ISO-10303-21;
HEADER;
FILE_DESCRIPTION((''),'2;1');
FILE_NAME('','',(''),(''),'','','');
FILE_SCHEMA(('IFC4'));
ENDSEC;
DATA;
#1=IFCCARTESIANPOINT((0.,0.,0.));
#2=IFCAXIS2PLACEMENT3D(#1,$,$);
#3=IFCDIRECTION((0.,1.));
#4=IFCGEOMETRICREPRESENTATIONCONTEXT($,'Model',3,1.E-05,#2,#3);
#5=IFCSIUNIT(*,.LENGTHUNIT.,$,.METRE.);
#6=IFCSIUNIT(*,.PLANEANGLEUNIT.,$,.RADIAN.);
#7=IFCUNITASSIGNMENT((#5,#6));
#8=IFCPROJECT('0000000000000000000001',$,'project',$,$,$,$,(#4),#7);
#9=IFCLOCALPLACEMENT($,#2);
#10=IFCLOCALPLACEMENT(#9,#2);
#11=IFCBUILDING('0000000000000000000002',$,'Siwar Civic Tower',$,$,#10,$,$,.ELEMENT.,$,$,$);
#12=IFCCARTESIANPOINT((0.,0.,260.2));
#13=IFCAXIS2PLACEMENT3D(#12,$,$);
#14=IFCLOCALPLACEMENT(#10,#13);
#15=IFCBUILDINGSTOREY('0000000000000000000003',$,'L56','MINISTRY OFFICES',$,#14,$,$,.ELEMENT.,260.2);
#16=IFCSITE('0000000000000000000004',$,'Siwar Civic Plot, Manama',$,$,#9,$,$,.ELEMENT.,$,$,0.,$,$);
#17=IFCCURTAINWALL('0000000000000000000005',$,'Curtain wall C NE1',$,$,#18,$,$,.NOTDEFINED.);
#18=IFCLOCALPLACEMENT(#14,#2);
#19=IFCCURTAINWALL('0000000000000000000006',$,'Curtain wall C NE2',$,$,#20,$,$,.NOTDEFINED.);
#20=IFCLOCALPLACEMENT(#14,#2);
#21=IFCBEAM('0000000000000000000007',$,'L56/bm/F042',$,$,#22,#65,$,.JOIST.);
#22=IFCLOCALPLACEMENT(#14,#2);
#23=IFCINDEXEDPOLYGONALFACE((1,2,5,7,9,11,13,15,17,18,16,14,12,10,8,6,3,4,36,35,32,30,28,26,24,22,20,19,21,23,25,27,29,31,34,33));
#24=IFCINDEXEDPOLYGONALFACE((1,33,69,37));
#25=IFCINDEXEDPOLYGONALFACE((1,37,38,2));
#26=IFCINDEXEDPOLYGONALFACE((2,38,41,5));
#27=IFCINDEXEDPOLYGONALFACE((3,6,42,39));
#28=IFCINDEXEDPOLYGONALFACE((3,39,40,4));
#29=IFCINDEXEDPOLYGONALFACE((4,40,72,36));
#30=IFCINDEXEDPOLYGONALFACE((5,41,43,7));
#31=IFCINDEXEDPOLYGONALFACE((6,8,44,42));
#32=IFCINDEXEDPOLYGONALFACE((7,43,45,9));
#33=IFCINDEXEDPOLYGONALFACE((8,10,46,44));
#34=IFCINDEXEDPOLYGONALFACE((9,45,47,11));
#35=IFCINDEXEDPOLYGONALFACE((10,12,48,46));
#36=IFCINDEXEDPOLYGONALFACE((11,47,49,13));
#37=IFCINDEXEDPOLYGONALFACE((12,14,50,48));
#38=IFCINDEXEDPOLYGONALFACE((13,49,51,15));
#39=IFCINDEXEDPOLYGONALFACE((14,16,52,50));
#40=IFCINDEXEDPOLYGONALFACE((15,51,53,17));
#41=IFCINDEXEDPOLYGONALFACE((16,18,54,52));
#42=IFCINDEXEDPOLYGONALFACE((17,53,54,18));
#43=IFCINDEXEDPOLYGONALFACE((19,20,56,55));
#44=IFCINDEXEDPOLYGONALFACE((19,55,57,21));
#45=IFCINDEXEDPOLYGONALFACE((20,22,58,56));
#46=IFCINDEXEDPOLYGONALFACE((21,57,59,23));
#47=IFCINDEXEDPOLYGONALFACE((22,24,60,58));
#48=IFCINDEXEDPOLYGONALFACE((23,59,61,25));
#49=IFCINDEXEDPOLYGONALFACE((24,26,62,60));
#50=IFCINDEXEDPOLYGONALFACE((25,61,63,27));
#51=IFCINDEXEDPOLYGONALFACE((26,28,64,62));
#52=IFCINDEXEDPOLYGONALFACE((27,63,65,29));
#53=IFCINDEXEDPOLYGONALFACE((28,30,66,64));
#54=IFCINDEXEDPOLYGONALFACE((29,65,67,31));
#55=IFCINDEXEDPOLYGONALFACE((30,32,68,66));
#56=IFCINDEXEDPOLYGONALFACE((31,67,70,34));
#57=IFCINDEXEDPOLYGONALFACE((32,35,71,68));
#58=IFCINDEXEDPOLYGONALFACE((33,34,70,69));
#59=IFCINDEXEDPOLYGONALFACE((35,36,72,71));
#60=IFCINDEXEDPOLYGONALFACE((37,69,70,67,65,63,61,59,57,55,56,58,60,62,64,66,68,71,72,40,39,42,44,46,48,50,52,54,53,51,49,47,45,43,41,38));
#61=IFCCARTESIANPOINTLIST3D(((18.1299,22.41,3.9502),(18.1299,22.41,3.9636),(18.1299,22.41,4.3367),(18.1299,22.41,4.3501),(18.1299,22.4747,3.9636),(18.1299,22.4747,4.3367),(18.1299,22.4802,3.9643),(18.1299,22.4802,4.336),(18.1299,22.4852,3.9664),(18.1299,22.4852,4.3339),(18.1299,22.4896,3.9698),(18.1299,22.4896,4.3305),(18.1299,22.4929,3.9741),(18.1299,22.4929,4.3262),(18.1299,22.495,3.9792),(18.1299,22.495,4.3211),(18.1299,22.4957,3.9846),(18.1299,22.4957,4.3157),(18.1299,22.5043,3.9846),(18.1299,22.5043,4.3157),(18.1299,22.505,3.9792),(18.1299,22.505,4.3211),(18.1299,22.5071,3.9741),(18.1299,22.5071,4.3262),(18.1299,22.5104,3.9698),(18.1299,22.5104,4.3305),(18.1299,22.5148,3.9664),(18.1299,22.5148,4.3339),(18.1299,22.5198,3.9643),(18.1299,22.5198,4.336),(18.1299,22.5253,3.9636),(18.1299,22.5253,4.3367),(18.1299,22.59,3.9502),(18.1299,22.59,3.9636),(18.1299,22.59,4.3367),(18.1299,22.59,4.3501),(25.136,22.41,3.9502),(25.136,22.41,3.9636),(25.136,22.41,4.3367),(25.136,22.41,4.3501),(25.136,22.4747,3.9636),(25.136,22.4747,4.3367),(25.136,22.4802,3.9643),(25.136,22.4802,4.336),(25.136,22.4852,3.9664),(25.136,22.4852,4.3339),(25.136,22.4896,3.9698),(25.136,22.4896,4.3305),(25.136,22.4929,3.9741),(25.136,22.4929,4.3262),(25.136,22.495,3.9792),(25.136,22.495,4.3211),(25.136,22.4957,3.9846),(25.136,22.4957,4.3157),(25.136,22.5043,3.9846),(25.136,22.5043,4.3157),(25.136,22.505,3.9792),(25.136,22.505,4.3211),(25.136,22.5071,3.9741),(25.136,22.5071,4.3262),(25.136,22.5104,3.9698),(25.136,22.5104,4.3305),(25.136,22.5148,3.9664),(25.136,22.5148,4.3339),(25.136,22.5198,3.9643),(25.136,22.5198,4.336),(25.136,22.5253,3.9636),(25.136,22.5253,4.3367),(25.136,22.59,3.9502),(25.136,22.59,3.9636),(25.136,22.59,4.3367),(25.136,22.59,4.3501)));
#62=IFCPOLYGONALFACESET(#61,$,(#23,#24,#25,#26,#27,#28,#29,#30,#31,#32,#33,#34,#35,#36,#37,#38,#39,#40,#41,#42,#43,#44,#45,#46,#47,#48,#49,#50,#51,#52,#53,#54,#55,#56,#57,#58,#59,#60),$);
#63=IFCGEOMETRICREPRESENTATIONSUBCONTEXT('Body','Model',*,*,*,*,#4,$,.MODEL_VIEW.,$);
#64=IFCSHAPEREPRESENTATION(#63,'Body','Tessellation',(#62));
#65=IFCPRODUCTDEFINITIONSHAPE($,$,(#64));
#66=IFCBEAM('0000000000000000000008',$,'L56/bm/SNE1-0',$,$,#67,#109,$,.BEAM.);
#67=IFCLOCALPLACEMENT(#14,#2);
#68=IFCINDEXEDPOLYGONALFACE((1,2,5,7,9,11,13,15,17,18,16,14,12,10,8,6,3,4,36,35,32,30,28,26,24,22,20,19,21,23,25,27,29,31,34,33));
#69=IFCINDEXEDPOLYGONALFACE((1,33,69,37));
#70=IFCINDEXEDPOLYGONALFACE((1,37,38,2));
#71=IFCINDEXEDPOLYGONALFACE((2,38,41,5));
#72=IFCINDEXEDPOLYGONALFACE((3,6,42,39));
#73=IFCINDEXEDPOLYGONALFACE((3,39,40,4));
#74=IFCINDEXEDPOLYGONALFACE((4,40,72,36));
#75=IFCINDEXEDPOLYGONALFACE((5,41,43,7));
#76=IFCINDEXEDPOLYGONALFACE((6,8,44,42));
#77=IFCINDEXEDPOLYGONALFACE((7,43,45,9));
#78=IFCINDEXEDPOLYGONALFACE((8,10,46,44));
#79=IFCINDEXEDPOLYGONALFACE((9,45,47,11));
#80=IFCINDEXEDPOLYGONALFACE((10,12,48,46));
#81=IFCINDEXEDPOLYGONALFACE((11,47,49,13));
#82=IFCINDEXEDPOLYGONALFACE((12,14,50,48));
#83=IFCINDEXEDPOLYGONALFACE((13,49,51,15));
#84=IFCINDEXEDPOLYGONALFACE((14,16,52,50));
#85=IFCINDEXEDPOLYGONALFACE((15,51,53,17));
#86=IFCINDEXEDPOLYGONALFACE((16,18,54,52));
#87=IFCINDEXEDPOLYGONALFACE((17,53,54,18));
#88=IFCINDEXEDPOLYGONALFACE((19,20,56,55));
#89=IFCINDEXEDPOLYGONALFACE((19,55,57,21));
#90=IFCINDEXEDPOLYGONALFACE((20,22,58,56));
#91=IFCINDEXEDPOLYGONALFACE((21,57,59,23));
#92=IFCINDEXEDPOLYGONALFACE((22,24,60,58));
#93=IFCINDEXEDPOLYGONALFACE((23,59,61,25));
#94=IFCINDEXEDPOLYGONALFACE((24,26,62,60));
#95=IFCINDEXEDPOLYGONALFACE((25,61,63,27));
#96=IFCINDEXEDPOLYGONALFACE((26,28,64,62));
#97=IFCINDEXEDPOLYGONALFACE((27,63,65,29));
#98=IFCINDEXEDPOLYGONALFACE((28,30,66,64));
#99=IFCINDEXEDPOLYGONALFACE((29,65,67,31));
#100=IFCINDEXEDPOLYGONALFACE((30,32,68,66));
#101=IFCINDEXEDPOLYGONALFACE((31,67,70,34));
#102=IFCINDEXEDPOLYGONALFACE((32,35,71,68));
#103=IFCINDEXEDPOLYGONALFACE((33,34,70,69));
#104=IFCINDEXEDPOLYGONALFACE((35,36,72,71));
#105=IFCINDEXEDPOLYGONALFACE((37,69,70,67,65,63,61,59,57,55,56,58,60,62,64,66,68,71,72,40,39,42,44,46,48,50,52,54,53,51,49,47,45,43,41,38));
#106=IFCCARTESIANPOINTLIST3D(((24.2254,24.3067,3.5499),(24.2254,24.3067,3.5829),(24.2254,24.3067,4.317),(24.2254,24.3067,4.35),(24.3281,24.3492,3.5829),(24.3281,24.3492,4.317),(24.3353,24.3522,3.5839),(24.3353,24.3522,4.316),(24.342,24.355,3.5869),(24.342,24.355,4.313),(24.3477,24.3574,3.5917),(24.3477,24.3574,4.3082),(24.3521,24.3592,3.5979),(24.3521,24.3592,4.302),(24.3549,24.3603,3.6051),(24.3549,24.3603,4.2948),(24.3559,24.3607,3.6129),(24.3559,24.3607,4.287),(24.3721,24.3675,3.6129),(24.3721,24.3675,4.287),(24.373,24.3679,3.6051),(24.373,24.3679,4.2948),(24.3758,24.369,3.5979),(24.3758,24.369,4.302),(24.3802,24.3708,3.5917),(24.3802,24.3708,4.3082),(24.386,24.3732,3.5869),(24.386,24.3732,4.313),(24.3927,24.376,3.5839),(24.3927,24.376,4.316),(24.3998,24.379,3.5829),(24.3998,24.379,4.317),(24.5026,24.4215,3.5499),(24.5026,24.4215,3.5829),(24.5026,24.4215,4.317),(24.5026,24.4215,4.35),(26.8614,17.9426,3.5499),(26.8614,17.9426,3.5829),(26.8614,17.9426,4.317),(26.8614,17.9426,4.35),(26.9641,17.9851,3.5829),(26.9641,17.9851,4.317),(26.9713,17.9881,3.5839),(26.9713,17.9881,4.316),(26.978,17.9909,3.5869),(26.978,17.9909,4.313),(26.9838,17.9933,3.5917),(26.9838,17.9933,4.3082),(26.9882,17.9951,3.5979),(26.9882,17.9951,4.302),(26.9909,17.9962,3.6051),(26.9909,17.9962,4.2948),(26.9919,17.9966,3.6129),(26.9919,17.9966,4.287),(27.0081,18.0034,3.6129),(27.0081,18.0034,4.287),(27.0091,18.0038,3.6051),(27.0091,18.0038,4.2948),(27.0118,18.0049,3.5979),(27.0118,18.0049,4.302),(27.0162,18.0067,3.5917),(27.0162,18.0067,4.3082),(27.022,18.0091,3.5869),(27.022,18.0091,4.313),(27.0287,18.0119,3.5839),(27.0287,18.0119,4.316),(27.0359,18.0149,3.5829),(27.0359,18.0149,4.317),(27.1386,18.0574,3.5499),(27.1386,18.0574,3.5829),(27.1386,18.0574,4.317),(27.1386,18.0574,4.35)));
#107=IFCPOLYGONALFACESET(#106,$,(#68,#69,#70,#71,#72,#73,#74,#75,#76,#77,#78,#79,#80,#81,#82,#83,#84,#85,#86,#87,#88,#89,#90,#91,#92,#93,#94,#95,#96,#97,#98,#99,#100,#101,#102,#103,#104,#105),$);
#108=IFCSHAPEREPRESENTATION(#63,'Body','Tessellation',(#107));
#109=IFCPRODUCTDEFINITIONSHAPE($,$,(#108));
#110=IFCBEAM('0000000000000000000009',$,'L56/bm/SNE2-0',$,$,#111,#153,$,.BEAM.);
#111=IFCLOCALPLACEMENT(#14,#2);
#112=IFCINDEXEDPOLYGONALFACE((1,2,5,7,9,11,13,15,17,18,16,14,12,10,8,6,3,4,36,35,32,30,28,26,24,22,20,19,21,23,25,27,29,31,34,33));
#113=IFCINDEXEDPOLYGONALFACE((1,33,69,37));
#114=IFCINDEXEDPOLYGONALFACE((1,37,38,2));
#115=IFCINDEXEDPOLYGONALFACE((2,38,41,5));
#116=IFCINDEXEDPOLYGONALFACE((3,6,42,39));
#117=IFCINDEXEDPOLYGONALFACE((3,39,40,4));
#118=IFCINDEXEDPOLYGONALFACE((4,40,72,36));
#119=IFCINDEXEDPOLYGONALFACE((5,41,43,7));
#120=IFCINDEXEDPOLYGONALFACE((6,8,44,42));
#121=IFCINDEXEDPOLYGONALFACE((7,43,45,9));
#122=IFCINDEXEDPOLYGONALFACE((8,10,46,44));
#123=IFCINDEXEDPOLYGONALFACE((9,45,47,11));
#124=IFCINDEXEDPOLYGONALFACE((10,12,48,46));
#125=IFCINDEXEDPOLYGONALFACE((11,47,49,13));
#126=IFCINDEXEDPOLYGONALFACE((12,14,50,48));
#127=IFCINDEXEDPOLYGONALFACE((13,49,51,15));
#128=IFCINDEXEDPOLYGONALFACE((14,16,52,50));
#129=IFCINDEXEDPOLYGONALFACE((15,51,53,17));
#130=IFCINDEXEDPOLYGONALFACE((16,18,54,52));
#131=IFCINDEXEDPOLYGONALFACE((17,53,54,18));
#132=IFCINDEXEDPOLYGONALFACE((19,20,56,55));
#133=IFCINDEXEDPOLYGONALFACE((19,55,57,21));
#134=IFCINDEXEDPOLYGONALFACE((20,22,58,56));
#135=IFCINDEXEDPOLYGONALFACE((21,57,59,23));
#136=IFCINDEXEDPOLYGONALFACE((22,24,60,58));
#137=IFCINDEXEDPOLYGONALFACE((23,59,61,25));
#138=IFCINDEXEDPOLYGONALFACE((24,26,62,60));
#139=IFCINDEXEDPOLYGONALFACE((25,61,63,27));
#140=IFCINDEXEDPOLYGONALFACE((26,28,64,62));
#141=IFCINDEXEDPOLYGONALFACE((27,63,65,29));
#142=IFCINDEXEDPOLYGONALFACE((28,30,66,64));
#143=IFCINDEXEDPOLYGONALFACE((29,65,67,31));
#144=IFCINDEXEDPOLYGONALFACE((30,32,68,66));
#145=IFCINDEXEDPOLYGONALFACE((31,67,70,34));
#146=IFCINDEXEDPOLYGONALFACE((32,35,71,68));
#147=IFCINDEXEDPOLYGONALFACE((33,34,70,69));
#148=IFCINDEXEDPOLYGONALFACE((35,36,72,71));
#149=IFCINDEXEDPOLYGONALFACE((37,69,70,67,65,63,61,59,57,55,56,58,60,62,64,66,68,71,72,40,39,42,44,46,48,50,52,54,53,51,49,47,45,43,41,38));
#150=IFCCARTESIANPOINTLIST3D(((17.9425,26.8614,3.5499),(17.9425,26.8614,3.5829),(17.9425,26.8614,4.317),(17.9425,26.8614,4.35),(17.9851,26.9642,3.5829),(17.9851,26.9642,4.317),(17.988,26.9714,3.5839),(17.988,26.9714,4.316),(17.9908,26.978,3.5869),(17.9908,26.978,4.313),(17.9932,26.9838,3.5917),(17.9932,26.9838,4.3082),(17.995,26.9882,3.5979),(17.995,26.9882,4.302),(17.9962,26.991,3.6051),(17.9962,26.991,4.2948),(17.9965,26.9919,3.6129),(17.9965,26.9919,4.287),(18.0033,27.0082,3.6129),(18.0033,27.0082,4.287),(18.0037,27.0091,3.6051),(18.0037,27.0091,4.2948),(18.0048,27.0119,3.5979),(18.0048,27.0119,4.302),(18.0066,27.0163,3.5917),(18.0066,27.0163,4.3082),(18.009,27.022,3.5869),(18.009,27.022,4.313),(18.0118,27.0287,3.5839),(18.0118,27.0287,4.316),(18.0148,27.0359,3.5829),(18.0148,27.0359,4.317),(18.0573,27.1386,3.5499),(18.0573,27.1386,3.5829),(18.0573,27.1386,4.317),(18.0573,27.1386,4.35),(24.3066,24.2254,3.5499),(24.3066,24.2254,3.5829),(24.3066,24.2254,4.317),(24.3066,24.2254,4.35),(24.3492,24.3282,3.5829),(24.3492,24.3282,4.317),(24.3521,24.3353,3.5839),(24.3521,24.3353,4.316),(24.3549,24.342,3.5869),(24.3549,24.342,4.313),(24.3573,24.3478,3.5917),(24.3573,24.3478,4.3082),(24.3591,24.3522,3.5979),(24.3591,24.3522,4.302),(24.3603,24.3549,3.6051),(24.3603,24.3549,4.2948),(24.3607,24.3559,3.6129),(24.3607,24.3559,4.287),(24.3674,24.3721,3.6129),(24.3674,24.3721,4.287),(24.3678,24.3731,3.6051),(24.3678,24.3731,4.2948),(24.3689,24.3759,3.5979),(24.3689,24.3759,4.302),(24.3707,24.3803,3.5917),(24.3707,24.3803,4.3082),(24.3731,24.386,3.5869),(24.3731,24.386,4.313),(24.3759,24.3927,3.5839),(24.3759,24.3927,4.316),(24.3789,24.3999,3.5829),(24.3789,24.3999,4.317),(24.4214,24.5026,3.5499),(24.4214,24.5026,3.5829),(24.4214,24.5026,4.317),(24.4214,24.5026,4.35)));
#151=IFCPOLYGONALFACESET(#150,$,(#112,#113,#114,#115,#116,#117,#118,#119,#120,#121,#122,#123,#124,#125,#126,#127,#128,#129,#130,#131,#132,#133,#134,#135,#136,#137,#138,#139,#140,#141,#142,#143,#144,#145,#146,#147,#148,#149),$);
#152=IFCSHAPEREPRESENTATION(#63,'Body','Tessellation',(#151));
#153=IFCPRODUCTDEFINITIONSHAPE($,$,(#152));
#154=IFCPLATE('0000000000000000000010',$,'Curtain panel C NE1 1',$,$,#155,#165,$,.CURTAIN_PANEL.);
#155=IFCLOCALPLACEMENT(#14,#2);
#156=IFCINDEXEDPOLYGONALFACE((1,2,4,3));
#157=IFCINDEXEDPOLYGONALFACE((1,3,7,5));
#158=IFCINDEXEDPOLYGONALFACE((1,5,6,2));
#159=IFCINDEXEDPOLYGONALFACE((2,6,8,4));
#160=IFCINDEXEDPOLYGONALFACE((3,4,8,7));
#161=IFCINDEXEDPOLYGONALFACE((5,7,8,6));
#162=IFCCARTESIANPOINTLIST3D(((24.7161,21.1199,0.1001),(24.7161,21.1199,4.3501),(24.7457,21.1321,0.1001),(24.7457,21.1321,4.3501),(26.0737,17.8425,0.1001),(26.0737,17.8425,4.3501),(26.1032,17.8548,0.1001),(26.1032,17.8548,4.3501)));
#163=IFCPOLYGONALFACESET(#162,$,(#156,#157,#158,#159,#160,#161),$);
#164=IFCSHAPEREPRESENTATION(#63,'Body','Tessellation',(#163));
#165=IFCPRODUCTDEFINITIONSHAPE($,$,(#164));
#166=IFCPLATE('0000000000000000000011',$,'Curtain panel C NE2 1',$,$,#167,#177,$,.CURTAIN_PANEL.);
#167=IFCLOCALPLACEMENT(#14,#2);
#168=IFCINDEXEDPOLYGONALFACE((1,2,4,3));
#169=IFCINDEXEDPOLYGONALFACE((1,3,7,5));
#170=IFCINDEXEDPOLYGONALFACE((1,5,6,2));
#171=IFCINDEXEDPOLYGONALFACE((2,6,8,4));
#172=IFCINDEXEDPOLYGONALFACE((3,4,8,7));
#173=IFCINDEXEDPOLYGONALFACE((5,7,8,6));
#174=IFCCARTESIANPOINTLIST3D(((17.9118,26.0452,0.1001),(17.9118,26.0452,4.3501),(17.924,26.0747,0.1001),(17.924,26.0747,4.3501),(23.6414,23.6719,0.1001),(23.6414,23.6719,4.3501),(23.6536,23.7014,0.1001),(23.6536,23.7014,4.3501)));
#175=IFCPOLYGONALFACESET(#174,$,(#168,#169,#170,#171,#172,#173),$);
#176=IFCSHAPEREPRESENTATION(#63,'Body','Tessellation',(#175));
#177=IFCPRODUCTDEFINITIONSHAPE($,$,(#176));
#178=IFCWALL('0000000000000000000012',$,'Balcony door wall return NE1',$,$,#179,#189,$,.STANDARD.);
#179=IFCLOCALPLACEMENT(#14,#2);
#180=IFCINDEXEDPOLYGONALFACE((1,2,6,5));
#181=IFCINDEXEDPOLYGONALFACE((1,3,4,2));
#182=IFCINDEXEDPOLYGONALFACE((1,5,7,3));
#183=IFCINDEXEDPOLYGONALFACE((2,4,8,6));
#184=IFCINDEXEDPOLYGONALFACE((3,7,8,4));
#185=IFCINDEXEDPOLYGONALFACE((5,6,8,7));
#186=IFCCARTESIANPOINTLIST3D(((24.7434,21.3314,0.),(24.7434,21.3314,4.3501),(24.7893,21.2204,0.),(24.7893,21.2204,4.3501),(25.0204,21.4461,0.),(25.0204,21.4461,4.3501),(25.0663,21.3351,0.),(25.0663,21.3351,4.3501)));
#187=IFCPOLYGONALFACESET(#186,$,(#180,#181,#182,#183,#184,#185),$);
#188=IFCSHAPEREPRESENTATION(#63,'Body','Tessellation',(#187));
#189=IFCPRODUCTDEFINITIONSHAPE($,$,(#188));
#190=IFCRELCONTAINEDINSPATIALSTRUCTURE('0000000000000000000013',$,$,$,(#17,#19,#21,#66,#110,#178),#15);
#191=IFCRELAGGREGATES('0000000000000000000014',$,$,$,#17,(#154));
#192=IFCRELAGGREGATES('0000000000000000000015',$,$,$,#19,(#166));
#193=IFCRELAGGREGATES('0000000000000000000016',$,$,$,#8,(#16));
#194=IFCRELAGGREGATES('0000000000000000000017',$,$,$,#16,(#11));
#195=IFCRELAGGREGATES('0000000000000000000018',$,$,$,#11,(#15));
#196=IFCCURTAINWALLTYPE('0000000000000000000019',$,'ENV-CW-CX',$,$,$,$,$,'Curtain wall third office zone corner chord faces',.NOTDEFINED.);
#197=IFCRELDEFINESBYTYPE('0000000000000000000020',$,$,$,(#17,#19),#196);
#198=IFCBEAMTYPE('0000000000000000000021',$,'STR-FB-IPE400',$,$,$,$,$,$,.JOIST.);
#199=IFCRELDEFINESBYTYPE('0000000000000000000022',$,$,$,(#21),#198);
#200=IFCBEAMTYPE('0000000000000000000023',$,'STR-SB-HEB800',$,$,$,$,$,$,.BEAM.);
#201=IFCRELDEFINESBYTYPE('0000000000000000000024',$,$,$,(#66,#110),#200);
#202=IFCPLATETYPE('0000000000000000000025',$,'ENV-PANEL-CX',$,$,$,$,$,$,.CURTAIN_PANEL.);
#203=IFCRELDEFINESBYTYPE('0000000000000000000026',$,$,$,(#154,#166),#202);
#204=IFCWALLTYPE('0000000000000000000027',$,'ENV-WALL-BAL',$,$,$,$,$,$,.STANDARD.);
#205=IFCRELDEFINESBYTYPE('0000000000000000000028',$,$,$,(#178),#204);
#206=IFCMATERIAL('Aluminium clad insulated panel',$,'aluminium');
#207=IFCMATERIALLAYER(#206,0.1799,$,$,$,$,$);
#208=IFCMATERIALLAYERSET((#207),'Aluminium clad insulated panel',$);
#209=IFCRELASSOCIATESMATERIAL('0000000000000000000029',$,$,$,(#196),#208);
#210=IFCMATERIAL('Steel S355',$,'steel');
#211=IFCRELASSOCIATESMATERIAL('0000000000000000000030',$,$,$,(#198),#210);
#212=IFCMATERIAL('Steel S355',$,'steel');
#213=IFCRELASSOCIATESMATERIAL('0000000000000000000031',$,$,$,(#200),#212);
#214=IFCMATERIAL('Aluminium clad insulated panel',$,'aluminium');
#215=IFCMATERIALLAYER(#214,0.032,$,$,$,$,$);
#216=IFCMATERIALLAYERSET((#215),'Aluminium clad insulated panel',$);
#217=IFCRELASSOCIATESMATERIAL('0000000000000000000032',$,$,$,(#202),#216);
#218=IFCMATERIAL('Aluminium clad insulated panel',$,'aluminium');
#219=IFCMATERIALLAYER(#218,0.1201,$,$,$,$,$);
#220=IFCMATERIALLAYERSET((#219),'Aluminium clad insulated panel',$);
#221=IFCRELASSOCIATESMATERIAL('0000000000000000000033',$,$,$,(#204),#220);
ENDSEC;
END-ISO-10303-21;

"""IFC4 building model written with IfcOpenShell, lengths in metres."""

from ifc_helpers import new_model, si_unit, direction, frame, frame_2d, origin, origin_2d, place, context, subcontext, project, spatial, rectangle, i_section, extrude, material, layer, layer_set, material_profile, profile_set, type_object, element, aggregate, save


model = new_model("IFC4")

# Units and contexts
model_context = context("Model", 3, precision=1e-05, world=origin(), true_north=direction((0.0, 1.0)))
body_context = subcontext(model_context, "Body", "Model", "MODEL_VIEW")
ifc_project = project(units=[si_unit("LENGTHUNIT", "METRE"), si_unit("PLANEANGLEUNIT", "RADIAN")], contexts=[model_context])

# Site, building, storey
site_placement = place(None, origin())
site = spatial("IfcSite", under=ifc_project, at=site_placement, Name="Siwar Civic Plot, Manama", CompositionType="ELEMENT", RefElevation=0.0)
building_placement = place(site_placement, origin())
building = spatial("IfcBuilding", under=site, at=building_placement, Name="Siwar Civic Tower", CompositionType="ELEMENT")
storey_placement = place(building_placement, frame((0.0, 0.0, 260.2)))
storey = spatial("IfcBuildingStorey", under=building, at=storey_placement, Name="L56", Description="MINISTRY OFFICES", CompositionType="ELEMENT", Elevation=260.2)

# Curtain wall
ifc_material_1 = material(Name="Aluminium clad insulated panel", Category="aluminium")
ifc_layer_1 = layer(ifc_material_1, 0.1799)
ifc_layer_set_1 = layer_set([ifc_layer_1], Name="Aluminium clad insulated panel")
curtain_wall_type = type_object("IfcCurtainWallType", Name="ENV-CW-CX", ElementType="Curtain wall third office zone corner chord faces", PredefinedType="NOTDEFINED", material=ifc_layer_set_1)
curtain_wall_1_placement = place(storey_placement, origin())
curtain_wall_1 = element("IfcCurtainWall", 1, at=curtain_wall_1_placement, inside=storey, type_object=curtain_wall_type, Name="Curtain wall C NE1", PredefinedType="NOTDEFINED")

# Curtain wall
curtain_wall_2_placement = place(storey_placement, origin())
curtain_wall_2 = element("IfcCurtainWall", 2, at=curtain_wall_2_placement, inside=storey, type_object=curtain_wall_type, Name="Curtain wall C NE2", PredefinedType="NOTDEFINED")

# Beams
ifc_material_2 = material(Name="Steel S355", Category="steel")
ifc_material_profile_1 = material_profile(ifc_material_2, i_section(OverallWidth=0.1799, OverallDepth=0.3999, WebThickness=0.0085, FlangeThickness=0.0134, FilletRadius=0.021, at=origin_2d()), Name="IPE400")
ifc_profile_set_1 = profile_set([ifc_material_profile_1], Name="Steel S355")
beam_type_1 = type_object("IfcBeamType", Name="STR-FB-IPE400", PredefinedType="JOIST", material=ifc_profile_set_1)
beam_1_placement = place(storey_placement, frame((18.1299, 22.5, 4.1501), z_axis=(1.0, 0.0, 0.0), x_axis=(0.0, 1.0, 0.0)))
element("IfcBeam", 3, at=beam_1_placement, inside=storey, type_object=beam_type_1, Name="L56/bm/F042", PredefinedType="JOIST", context=body_context, shape_type="SweptSolid", body=[
    extrude(i_section(OverallWidth=0.1799, OverallDepth=0.3999, WebThickness=0.0085, FlangeThickness=0.0134, FilletRadius=0.021, at=origin_2d()), origin(), (0.0, 0.0, 1.0), 7.0061),
])
ifc_material_3 = material(Name="Steel S355", Category="steel")
ifc_material_profile_2 = material_profile(ifc_material_3, i_section(OverallWidth=0.3, OverallDepth=0.8, WebThickness=0.0176, FlangeThickness=0.033, FilletRadius=0.03, at=origin_2d()), Name="HEB800")
ifc_profile_set_2 = profile_set([ifc_material_profile_2], Name="Steel S355")
beam_type_2 = type_object("IfcBeamType", Name="STR-SB-HEB800", PredefinedType="BEAM", material=ifc_profile_set_2)
for number, where, z_axis, x_axis, name in (
    (4, (27.0, 18.0, 3.95), (-0.382674, 0.923883, 0.0), (-0.923883, -0.382674, 0.0), "L56/bm/SNE1-0"),
    (5, (24.364, 24.364, 3.95), (-0.923883, 0.382674, 0.0), (-0.382674, -0.923883, 0.0), "L56/bm/SNE2-0"),
):
    element("IfcBeam", number, at=place(storey_placement, frame(where, z_axis=z_axis, x_axis=x_axis)), inside=storey, type_object=beam_type_2, Name=name, PredefinedType="BEAM", context=body_context, shape_type="SweptSolid", body=[
        extrude(i_section(OverallWidth=0.3, OverallDepth=0.8, WebThickness=0.0176, FlangeThickness=0.033, FilletRadius=0.03, at=origin_2d()), origin(), (0.0, 0.0, 1.0), 6.8884),
    ])

# Plates
ifc_material_4 = material(Name="Aluminium clad insulated panel", Category="aluminium")
ifc_layer_2 = layer(ifc_material_4, 0.032)
ifc_layer_set_2 = layer_set([ifc_layer_2], Name="Aluminium clad insulated panel")
plate_type = type_object("IfcPlateType", Name="ENV-PANEL-CX", PredefinedType="CURTAIN_PANEL", material=ifc_layer_set_2)
plate_1_placement = place(storey_placement, frame((25.4097, 19.4873, 0.1001), z_axis=(0.0, 0.0, 1.0), x_axis=(-0.382683, 0.92388, 0.0)))
plate_1 = element("IfcPlate", 6, at=plate_1_placement, type_object=plate_type, Name="Curtain panel C NE1 1", PredefinedType="CURTAIN_PANEL", context=body_context, shape_type="SweptSolid", body=[
    extrude(rectangle(XDim=3.5474, YDim=0.032, at=origin_2d()), origin(), (0.0, 0.0, 1.0), 4.25),
])
aggregate(curtain_wall_1, [plate_1])
plate_2_placement = place(storey_placement, frame((20.7827, 24.8733, 0.1001), z_axis=(0.0, 0.0, 1.0), x_axis=(-0.92388, 0.382683, 0.0)))
plate_2 = element("IfcPlate", 7, at=plate_2_placement, type_object=plate_type, Name="Curtain panel C NE2 1", PredefinedType="CURTAIN_PANEL", context=body_context, shape_type="SweptSolid", body=[
    extrude(rectangle(XDim=6.2017, YDim=0.032, at=origin_2d()), origin(), (0.0, 0.0, 1.0), 4.25),
])
aggregate(curtain_wall_2, [plate_2])

# Wall
ifc_material_5 = material(Name="Aluminium clad insulated panel", Category="aluminium")
ifc_layer_3 = layer(ifc_material_5, 0.1201)
ifc_layer_set_3 = layer_set([ifc_layer_3], Name="Aluminium clad insulated panel")
wall_type = type_object("IfcWallType", Name="ENV-WALL-BAL", PredefinedType="STANDARD", material=ifc_layer_set_3)
wall_1_placement = place(storey_placement, frame((24.7664, 21.2759, 0.0), z_axis=(0.0, 0.0, 1.0), x_axis=(0.923918, 0.382591, 0.0)))
element("IfcWall", 8, at=wall_1_placement, inside=storey, type_object=wall_type, Name="Balcony door wall return NE1", PredefinedType="STANDARD", context=body_context, shape_type="SweptSolid", body=[
    extrude(rectangle(XDim=0.2998, YDim=0.1201, at=frame_2d((0.1499, 0.0))), origin(), (0.0, 0.0, 1.0), 4.3501),
])

save(model, "model.ifc")
